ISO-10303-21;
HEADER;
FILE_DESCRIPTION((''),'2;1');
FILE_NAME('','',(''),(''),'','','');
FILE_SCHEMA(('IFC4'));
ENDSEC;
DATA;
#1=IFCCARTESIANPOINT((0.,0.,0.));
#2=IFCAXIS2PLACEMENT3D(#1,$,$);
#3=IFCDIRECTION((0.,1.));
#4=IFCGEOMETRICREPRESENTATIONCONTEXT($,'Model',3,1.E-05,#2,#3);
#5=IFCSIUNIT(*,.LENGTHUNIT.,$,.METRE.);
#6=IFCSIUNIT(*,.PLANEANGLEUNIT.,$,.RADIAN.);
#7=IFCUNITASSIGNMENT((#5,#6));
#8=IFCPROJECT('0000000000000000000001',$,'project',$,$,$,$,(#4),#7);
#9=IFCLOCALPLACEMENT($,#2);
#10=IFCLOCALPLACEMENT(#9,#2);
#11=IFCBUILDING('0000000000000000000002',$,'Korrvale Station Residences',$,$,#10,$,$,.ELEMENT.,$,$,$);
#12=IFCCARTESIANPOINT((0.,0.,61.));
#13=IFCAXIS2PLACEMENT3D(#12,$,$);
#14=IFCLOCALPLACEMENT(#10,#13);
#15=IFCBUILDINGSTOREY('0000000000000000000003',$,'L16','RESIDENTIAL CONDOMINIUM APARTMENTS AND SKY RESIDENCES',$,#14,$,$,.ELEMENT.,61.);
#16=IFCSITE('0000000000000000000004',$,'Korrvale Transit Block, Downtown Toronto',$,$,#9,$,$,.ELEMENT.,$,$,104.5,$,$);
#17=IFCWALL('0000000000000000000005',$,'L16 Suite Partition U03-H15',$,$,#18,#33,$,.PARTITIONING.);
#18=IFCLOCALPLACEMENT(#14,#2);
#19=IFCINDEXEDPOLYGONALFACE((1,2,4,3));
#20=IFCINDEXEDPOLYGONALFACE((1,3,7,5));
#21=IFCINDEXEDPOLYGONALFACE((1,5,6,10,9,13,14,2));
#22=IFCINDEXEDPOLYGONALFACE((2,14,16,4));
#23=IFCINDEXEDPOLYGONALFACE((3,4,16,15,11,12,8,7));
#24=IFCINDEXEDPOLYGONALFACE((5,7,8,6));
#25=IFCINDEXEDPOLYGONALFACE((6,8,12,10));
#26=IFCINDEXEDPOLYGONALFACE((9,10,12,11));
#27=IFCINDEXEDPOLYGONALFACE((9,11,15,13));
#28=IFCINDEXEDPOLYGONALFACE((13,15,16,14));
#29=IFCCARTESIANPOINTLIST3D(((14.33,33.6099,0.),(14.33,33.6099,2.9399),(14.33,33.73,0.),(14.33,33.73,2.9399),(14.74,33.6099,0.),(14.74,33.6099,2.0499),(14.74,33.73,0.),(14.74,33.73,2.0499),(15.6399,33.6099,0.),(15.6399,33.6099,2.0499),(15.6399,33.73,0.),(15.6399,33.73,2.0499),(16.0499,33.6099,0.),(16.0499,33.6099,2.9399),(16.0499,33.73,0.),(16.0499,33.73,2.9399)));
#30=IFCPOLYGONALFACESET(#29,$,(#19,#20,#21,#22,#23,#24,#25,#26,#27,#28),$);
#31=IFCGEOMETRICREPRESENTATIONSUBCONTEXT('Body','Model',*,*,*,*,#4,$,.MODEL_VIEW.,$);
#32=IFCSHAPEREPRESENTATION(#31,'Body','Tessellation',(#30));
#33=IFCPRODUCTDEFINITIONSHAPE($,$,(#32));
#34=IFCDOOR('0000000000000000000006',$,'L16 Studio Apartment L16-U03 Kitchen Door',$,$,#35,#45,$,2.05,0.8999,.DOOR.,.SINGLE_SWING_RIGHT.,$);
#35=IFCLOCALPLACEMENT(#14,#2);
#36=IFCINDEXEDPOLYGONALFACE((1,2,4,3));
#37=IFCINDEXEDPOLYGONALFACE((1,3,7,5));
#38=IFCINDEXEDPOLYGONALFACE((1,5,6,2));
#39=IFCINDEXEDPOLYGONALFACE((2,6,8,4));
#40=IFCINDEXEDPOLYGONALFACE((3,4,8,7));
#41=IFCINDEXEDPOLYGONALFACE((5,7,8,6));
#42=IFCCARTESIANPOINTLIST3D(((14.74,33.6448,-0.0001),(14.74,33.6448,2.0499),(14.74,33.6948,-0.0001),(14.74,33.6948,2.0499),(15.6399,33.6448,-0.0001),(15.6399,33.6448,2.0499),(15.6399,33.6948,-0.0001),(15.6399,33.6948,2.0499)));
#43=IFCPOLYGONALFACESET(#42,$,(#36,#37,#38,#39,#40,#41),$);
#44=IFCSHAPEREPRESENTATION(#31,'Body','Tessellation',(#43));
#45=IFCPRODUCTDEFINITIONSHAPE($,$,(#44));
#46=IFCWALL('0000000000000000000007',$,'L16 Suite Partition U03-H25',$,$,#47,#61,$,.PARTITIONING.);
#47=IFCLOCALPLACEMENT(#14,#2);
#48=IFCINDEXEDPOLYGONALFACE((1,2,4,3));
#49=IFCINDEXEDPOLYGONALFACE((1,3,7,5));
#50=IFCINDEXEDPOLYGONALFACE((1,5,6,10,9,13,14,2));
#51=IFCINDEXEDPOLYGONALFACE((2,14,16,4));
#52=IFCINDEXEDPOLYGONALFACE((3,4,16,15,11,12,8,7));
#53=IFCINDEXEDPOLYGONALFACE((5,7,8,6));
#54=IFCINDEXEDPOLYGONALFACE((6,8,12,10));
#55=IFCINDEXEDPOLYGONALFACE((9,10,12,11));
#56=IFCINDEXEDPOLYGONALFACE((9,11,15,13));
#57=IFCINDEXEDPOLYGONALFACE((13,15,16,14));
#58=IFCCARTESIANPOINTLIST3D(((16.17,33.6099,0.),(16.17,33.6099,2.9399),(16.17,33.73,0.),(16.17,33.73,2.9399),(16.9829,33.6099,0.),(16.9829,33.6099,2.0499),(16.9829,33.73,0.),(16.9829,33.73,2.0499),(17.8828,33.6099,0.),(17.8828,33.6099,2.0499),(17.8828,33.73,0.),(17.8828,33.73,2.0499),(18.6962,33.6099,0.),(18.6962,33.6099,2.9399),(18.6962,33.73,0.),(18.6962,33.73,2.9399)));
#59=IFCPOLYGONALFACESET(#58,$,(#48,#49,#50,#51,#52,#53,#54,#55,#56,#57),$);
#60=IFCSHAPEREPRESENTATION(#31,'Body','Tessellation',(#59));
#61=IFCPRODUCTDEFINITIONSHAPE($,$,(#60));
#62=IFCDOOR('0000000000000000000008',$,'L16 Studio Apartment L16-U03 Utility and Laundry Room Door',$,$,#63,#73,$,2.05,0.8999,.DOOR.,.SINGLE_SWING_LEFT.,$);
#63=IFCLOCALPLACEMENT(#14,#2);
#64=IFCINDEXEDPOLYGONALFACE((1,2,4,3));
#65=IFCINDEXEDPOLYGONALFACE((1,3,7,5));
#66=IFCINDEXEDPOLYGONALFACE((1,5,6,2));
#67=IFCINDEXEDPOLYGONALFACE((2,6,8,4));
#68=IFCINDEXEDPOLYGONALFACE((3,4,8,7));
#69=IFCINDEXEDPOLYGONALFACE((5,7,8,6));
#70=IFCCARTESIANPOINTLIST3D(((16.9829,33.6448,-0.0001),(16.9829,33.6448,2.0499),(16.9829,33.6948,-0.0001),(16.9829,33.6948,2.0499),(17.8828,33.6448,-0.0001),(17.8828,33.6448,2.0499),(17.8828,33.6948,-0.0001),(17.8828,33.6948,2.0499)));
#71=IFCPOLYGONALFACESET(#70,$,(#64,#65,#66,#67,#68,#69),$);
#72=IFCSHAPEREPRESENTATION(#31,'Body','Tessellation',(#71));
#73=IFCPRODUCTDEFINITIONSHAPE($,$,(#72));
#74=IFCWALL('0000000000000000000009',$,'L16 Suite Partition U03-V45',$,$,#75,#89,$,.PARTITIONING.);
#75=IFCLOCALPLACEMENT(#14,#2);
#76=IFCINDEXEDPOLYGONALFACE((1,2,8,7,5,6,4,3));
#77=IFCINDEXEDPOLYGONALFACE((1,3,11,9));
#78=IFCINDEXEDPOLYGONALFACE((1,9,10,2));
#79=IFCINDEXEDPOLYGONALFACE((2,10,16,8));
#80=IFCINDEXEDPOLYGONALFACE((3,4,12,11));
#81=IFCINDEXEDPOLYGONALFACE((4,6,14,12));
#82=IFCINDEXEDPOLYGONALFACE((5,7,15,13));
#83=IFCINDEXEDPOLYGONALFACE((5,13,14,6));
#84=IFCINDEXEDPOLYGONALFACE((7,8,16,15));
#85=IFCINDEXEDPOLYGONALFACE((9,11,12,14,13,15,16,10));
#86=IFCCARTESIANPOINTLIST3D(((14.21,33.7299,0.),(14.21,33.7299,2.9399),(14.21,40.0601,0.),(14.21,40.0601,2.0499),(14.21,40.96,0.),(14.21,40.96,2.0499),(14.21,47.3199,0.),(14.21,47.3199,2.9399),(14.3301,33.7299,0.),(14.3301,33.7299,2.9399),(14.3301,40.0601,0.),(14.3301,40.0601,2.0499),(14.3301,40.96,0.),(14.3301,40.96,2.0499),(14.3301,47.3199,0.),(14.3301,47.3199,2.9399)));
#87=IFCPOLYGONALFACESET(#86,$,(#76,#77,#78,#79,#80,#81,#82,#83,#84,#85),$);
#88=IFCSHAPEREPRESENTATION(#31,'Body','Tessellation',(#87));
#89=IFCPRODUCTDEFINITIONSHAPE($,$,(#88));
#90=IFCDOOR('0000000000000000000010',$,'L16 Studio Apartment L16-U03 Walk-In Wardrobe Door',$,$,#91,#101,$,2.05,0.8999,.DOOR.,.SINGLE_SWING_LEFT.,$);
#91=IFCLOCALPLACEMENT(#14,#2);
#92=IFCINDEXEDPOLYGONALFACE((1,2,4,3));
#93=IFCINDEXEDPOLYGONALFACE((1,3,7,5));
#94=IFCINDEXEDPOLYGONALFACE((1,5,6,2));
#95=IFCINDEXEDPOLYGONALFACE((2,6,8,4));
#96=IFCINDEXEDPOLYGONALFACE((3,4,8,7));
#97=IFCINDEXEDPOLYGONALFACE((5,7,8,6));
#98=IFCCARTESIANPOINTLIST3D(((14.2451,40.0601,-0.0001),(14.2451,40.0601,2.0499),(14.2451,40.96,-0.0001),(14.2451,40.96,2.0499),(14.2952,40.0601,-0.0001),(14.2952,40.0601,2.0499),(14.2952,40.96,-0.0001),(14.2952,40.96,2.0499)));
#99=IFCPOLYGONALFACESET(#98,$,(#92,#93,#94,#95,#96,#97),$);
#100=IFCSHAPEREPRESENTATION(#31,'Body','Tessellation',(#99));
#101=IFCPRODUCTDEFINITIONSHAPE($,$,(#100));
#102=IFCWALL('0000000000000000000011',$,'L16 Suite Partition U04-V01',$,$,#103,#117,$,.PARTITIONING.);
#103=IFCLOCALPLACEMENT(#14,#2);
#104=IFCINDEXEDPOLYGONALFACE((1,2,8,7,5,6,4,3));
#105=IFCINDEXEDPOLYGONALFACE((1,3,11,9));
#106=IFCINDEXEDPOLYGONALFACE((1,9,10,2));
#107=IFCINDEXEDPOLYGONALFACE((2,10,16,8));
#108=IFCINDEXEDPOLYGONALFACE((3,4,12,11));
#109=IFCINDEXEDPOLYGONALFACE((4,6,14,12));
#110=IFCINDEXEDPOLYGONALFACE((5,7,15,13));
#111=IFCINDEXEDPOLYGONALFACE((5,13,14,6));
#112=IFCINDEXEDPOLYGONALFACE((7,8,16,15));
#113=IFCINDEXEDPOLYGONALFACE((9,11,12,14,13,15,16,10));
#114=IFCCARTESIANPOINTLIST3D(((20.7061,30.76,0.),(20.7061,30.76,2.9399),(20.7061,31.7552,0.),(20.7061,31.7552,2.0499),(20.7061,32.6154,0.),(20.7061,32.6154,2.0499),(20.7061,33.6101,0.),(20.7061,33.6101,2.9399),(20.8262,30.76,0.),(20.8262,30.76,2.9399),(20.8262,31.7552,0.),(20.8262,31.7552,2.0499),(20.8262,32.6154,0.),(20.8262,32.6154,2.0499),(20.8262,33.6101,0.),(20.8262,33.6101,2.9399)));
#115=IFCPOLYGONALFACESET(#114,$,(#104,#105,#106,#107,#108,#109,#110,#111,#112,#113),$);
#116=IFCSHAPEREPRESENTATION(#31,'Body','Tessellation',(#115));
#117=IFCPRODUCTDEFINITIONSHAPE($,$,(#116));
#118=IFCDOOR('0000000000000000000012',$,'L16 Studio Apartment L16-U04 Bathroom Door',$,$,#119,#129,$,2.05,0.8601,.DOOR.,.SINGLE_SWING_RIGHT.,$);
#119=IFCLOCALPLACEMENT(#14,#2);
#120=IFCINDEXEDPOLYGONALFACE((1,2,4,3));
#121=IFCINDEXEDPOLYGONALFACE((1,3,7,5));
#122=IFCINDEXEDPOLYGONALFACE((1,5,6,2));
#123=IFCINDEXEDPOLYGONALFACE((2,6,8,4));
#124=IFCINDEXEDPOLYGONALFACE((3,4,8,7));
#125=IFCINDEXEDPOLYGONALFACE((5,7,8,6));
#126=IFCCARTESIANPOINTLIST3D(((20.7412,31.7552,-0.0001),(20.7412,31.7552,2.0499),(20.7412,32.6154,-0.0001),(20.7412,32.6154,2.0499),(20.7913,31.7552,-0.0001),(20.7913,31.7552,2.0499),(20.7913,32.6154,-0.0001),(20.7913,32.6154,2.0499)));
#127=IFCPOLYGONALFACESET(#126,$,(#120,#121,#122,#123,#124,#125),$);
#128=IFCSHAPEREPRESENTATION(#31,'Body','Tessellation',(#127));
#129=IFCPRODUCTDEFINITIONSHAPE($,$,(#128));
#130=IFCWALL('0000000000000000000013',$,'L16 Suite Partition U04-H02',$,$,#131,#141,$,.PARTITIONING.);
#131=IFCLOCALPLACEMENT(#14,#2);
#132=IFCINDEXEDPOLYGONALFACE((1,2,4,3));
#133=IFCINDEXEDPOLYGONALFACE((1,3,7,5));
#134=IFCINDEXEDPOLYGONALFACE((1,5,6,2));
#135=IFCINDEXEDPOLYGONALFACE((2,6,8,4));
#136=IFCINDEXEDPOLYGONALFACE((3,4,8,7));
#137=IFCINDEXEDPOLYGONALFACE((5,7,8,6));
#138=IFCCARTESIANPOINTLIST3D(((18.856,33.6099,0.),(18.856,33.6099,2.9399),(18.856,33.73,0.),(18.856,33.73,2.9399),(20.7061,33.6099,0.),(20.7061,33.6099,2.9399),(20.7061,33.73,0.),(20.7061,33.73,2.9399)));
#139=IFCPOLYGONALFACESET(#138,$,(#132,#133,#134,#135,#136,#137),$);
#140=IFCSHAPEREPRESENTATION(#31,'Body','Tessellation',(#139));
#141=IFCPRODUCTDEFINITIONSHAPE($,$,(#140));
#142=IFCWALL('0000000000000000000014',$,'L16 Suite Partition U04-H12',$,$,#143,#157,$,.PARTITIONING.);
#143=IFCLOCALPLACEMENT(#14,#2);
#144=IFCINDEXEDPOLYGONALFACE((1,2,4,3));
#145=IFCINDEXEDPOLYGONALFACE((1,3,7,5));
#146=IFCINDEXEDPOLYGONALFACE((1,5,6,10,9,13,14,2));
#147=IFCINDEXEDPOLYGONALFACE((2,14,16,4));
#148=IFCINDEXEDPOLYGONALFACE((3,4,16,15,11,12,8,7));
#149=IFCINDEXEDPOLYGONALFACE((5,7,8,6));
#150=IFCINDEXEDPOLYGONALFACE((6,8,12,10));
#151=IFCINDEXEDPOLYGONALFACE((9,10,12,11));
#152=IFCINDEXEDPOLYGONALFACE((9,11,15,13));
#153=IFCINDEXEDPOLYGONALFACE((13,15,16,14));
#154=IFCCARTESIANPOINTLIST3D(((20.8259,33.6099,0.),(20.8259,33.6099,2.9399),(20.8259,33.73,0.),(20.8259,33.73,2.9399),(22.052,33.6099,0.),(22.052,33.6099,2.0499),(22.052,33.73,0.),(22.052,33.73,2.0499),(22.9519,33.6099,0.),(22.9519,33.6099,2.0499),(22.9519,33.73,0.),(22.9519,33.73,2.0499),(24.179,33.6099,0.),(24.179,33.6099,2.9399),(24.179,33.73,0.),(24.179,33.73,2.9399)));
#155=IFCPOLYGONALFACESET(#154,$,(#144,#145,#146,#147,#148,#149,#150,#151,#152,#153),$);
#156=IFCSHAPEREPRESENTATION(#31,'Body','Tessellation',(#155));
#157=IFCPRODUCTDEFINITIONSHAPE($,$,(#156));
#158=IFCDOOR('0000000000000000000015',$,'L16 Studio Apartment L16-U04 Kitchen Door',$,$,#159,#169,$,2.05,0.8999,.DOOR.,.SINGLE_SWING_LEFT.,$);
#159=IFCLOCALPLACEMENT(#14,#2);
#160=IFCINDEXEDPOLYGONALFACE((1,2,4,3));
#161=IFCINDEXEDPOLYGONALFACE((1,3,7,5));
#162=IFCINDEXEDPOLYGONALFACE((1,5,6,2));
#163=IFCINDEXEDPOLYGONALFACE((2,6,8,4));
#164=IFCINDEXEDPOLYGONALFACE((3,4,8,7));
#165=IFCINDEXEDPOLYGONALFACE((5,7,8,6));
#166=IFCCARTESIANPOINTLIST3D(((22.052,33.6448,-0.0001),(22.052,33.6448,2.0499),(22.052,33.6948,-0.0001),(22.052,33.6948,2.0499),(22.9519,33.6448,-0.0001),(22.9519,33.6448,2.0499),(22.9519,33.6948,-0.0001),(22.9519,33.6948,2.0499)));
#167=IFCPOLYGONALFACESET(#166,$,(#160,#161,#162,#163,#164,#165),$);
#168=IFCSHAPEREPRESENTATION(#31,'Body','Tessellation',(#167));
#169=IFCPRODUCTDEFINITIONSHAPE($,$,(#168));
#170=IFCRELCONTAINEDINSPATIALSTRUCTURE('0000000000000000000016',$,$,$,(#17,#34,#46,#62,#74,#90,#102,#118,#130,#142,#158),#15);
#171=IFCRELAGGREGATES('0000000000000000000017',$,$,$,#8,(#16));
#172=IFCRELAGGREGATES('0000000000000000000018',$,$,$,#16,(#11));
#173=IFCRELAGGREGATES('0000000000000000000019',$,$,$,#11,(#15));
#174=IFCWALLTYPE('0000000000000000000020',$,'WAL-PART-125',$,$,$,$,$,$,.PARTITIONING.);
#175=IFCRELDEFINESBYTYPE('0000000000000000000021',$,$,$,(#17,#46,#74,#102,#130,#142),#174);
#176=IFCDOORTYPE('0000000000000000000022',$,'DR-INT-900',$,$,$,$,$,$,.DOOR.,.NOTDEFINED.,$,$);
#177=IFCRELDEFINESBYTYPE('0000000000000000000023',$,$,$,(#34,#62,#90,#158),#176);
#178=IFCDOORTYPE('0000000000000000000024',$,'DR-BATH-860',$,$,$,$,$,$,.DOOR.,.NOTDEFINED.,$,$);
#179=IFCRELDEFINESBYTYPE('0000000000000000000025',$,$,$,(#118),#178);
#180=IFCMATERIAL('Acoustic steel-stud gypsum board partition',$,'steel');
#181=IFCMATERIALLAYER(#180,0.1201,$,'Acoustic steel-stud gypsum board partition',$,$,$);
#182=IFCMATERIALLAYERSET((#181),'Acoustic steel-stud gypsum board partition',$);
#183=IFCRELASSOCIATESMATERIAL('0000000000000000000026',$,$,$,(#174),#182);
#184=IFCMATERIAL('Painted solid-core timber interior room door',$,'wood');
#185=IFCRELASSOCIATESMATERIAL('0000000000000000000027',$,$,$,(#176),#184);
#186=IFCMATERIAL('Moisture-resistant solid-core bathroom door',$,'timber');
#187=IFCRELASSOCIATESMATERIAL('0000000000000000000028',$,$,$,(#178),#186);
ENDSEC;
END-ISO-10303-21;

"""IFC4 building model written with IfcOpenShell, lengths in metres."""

from ifc_helpers import new_model, si_unit, direction, frame, frame_2d, origin, place, context, subcontext, project, spatial, rectangle, extrude, material, layer, layer_set, type_object, element, fill, save


model = new_model("IFC4")

# Units and contexts
model_context = context("Model", 3, precision=1e-05, world=origin(), true_north=direction((0.0, 1.0)))
body_context = subcontext(model_context, "Body", "Model", "MODEL_VIEW")
ifc_project = project(units=[si_unit("LENGTHUNIT", "METRE"), si_unit("PLANEANGLEUNIT", "RADIAN")], contexts=[model_context])

# Site, building, storey
site_placement = place(None, origin())
site = spatial("IfcSite", under=ifc_project, at=site_placement, Name="Korrvale Transit Block, Downtown Toronto", CompositionType="ELEMENT", RefElevation=104.5)
building_placement = place(site_placement, origin())
building = spatial("IfcBuilding", under=site, at=building_placement, Name="Korrvale Station Residences", CompositionType="ELEMENT")
storey_placement = place(building_placement, frame((0.0, 0.0, 61.0)))
storey = spatial("IfcBuildingStorey", under=building, at=storey_placement, Name="L16", Description="RESIDENTIAL CONDOMINIUM APARTMENTS AND SKY RESIDENCES", CompositionType="ELEMENT", Elevation=61.0)

# Walls, openings, doors
ifc_material_1 = material(Name="Acoustic steel-stud gypsum board partition", Category="steel")
ifc_layer_1 = layer(ifc_material_1, 0.1201, Name="Acoustic steel-stud gypsum board partition")
ifc_layer_set_1 = layer_set([ifc_layer_1], Name="Acoustic steel-stud gypsum board partition")
wall_type_1 = type_object("IfcWallType", Name="WAL-PART-125", PredefinedType="PARTITIONING", material=ifc_layer_set_1)
wall_1_placement = place(storey_placement, frame((14.3301, 33.6699, 0.0), z_axis=(0.0, 0.0, 1.0), x_axis=(1.0, 0.0, 0.0)))
wall_1 = element("IfcWall", 1, at=wall_1_placement, inside=storey, type_object=wall_type_1, Name="L16 Suite Partition U03-H15", PredefinedType="PARTITIONING", context=body_context, shape_type="SweptSolid", body=[
    extrude(rectangle(XDim=1.72, YDim=0.1201, at=frame_2d((0.8599, 0.0))), origin(), (0.0, 0.0, 1.0), 2.9399),
])
opening_1_placement = place(wall_1_placement, frame((0.4099, 0.0, 0.0)))
opening_1 = element("IfcOpeningElement", 2, at=opening_1_placement, cuts=wall_1, PredefinedType="OPENING", context=body_context, shape_type="SweptSolid", body=[
    extrude(rectangle(XDim=0.8999, YDim=2.05, at=frame_2d((0.45, 1.0249))), frame((0.0, 0.0701, 0.0), z_axis=(0.0, -1.0, 0.0), x_axis=(1.0, 0.0, 0.0)), (0.0, 0.0, 1.0), 0.1401),
])
ifc_material_2 = material(Name="Painted solid-core timber interior room door", Category="wood")
door_type_1 = type_object("IfcDoorType", Name="DR-INT-900", OperationType="NOTDEFINED", PredefinedType="DOOR", material=ifc_material_2)
door_1_placement = place(opening_1_placement, origin())
door_1 = element("IfcDoor", 3, at=door_1_placement, inside=storey, type_object=door_type_1, Name="L16 Studio Apartment L16-U03 Kitchen Door", OperationType="SINGLE_SWING_RIGHT", OverallHeight=2.05, OverallWidth=0.8999, PredefinedType="DOOR", context=body_context, shape_type="SweptSolid", body=[
    extrude(rectangle(XDim=0.8999, YDim=2.05, at=frame_2d((0.45, 1.0249))), frame((0.0, 0.0249, 0.0), z_axis=(0.0, -1.0, 0.0), x_axis=(1.0, 0.0, 0.0)), (0.0, 0.0, 1.0), 0.05),
])
fill(opening_1, door_1)
wall_2_placement = place(storey_placement, frame((16.1699, 33.6699, 0.0), z_axis=(0.0, 0.0, 1.0), x_axis=(1.0, 0.0, 0.0)))
wall_2 = element("IfcWall", 4, at=wall_2_placement, inside=storey, type_object=wall_type_1, Name="L16 Suite Partition U03-H25", PredefinedType="PARTITIONING", context=body_context, shape_type="SweptSolid", body=[
    extrude(rectangle(XDim=2.5261, YDim=0.1201, at=frame_2d((1.2632, 0.0))), origin(), (0.0, 0.0, 1.0), 2.9399),
])
opening_2_placement = place(wall_2_placement, frame((0.813, 0.0, 0.0)))
opening_2 = element("IfcOpeningElement", 5, at=opening_2_placement, cuts=wall_2, PredefinedType="OPENING", context=body_context, shape_type="SweptSolid", body=[
    extrude(rectangle(XDim=0.8999, YDim=2.05, at=frame_2d((0.45, 1.0249))), frame((0.0, 0.0701, 0.0), z_axis=(0.0, -1.0, 0.0), x_axis=(1.0, 0.0, 0.0)), (0.0, 0.0, 1.0), 0.1401),
])
door_2_placement = place(opening_2_placement, origin())
door_2 = element("IfcDoor", 6, at=door_2_placement, inside=storey, type_object=door_type_1, Name="L16 Studio Apartment L16-U03 Utility and Laundry Room Door", OperationType="SINGLE_SWING_LEFT", OverallHeight=2.05, OverallWidth=0.8999, PredefinedType="DOOR", context=body_context, shape_type="SweptSolid", body=[
    extrude(rectangle(XDim=0.8999, YDim=2.05, at=frame_2d((0.45, 1.0249))), frame((0.0, 0.0249, 0.0), z_axis=(0.0, -1.0, 0.0), x_axis=(1.0, 0.0, 0.0)), (0.0, 0.0, 1.0), 0.05),
])
fill(opening_2, door_2)
wall_3_placement = place(storey_placement, frame((14.27, 33.73, 0.0), z_axis=(0.0, 0.0, 1.0), x_axis=(0.0, 1.0, 0.0)))
wall_3 = element("IfcWall", 7, at=wall_3_placement, inside=storey, type_object=wall_type_1, Name="L16 Suite Partition U03-V45", PredefinedType="PARTITIONING", context=body_context, shape_type="SweptSolid", body=[
    extrude(rectangle(XDim=13.5901, YDim=0.1201, at=frame_2d((6.7949, 0.0))), origin(), (0.0, 0.0, 1.0), 2.9399),
])
opening_3_placement = place(wall_3_placement, frame((6.3301, 0.0, 0.0)))
opening_3 = element("IfcOpeningElement", 8, at=opening_3_placement, cuts=wall_3, PredefinedType="OPENING", context=body_context, shape_type="SweptSolid", body=[
    extrude(rectangle(XDim=0.8999, YDim=2.05, at=frame_2d((0.45, 1.0249))), frame((0.0, 0.0701, 0.0), z_axis=(0.0, -1.0, 0.0), x_axis=(1.0, 0.0, 0.0)), (0.0, 0.0, 1.0), 0.1401),
])
door_3_placement = place(opening_3_placement, origin())
door_3 = element("IfcDoor", 9, at=door_3_placement, inside=storey, type_object=door_type_1, Name="L16 Studio Apartment L16-U03 Walk-In Wardrobe Door", OperationType="SINGLE_SWING_LEFT", OverallHeight=2.05, OverallWidth=0.8999, PredefinedType="DOOR", context=body_context, shape_type="SweptSolid", body=[
    extrude(rectangle(XDim=0.8999, YDim=2.05, at=frame_2d((0.45, 1.0249))), frame((0.0, 0.0249, 0.0), z_axis=(0.0, -1.0, 0.0), x_axis=(1.0, 0.0, 0.0)), (0.0, 0.0, 1.0), 0.05),
])
fill(opening_3, door_3)
wall_4_placement = place(storey_placement, frame((20.7661, 30.76, 0.0), z_axis=(0.0, 0.0, 1.0), x_axis=(0.0, 1.0, 0.0)))
wall_4 = element("IfcWall", 10, at=wall_4_placement, inside=storey, type_object=wall_type_1, Name="L16 Suite Partition U04-V01", PredefinedType="PARTITIONING", context=body_context, shape_type="SweptSolid", body=[
    extrude(rectangle(XDim=2.8501, YDim=0.1201, at=frame_2d((1.425, 0.0))), origin(), (0.0, 0.0, 1.0), 2.9399),
])
opening_4_placement = place(wall_4_placement, frame((0.9951, 0.0, 0.0)))
opening_4 = element("IfcOpeningElement", 11, at=opening_4_placement, cuts=wall_4, PredefinedType="OPENING", context=body_context, shape_type="SweptSolid", body=[
    extrude(rectangle(XDim=0.8601, YDim=2.05, at=frame_2d((0.4302, 1.0249))), frame((0.0, 0.0701, 0.0), z_axis=(0.0, -1.0, 0.0), x_axis=(1.0, 0.0, 0.0)), (0.0, 0.0, 1.0), 0.1401),
])
ifc_material_3 = material(Name="Moisture-resistant solid-core bathroom door", Category="timber")
door_type_2 = type_object("IfcDoorType", Name="DR-BATH-860", OperationType="NOTDEFINED", PredefinedType="DOOR", material=ifc_material_3)
door_4_placement = place(opening_4_placement, origin())
door_4 = element("IfcDoor", 12, at=door_4_placement, inside=storey, type_object=door_type_2, Name="L16 Studio Apartment L16-U04 Bathroom Door", OperationType="SINGLE_SWING_RIGHT", OverallHeight=2.05, OverallWidth=0.8601, PredefinedType="DOOR", context=body_context, shape_type="SweptSolid", body=[
    extrude(rectangle(XDim=0.8601, YDim=2.05, at=frame_2d((0.4302, 1.0249))), frame((0.0, 0.0249, 0.0), z_axis=(0.0, -1.0, 0.0), x_axis=(1.0, 0.0, 0.0)), (0.0, 0.0, 1.0), 0.05),
])
fill(opening_4, door_4)

# Wall
wall_5_placement = place(storey_placement, frame((18.856, 33.6699, 0.0), z_axis=(0.0, 0.0, 1.0), x_axis=(1.0, 0.0, 0.0)))
element("IfcWall", 13, at=wall_5_placement, inside=storey, type_object=wall_type_1, Name="L16 Suite Partition U04-H02", PredefinedType="PARTITIONING", context=body_context, shape_type="SweptSolid", body=[
    extrude(rectangle(XDim=1.8501, YDim=0.1201, at=frame_2d((0.925, 0.0))), origin(), (0.0, 0.0, 1.0), 2.9399),
])

# Wall, opening, door
wall_6_placement = place(storey_placement, frame((20.8259, 33.6699, 0.0), z_axis=(0.0, 0.0, 1.0), x_axis=(1.0, 0.0, 0.0)))
wall_6 = element("IfcWall", 14, at=wall_6_placement, inside=storey, type_object=wall_type_1, Name="L16 Suite Partition U04-H12", PredefinedType="PARTITIONING", context=body_context, shape_type="SweptSolid", body=[
    extrude(rectangle(XDim=3.353, YDim=0.1201, at=frame_2d((1.6765, 0.0))), origin(), (0.0, 0.0, 1.0), 2.9399),
])
opening_5_placement = place(wall_6_placement, frame((1.2261, 0.0, 0.0)))
opening_5 = element("IfcOpeningElement", 15, at=opening_5_placement, cuts=wall_6, PredefinedType="OPENING", context=body_context, shape_type="SweptSolid", body=[
    extrude(rectangle(XDim=0.8999, YDim=2.05, at=frame_2d((0.45, 1.0249))), frame((0.0, 0.0701, 0.0), z_axis=(0.0, -1.0, 0.0), x_axis=(1.0, 0.0, 0.0)), (0.0, 0.0, 1.0), 0.1401),
])
door_5_placement = place(opening_5_placement, origin())
door_5 = element("IfcDoor", 16, at=door_5_placement, inside=storey, type_object=door_type_1, Name="L16 Studio Apartment L16-U04 Kitchen Door", OperationType="SINGLE_SWING_LEFT", OverallHeight=2.05, OverallWidth=0.8999, PredefinedType="DOOR", context=body_context, shape_type="SweptSolid", body=[
    extrude(rectangle(XDim=0.8999, YDim=2.05, at=frame_2d((0.45, 1.0249))), frame((0.0, 0.0249, 0.0), z_axis=(0.0, -1.0, 0.0), x_axis=(1.0, 0.0, 0.0)), (0.0, 0.0, 1.0), 0.05),
])
fill(opening_5, door_5)

save(model, "model.ifc")
